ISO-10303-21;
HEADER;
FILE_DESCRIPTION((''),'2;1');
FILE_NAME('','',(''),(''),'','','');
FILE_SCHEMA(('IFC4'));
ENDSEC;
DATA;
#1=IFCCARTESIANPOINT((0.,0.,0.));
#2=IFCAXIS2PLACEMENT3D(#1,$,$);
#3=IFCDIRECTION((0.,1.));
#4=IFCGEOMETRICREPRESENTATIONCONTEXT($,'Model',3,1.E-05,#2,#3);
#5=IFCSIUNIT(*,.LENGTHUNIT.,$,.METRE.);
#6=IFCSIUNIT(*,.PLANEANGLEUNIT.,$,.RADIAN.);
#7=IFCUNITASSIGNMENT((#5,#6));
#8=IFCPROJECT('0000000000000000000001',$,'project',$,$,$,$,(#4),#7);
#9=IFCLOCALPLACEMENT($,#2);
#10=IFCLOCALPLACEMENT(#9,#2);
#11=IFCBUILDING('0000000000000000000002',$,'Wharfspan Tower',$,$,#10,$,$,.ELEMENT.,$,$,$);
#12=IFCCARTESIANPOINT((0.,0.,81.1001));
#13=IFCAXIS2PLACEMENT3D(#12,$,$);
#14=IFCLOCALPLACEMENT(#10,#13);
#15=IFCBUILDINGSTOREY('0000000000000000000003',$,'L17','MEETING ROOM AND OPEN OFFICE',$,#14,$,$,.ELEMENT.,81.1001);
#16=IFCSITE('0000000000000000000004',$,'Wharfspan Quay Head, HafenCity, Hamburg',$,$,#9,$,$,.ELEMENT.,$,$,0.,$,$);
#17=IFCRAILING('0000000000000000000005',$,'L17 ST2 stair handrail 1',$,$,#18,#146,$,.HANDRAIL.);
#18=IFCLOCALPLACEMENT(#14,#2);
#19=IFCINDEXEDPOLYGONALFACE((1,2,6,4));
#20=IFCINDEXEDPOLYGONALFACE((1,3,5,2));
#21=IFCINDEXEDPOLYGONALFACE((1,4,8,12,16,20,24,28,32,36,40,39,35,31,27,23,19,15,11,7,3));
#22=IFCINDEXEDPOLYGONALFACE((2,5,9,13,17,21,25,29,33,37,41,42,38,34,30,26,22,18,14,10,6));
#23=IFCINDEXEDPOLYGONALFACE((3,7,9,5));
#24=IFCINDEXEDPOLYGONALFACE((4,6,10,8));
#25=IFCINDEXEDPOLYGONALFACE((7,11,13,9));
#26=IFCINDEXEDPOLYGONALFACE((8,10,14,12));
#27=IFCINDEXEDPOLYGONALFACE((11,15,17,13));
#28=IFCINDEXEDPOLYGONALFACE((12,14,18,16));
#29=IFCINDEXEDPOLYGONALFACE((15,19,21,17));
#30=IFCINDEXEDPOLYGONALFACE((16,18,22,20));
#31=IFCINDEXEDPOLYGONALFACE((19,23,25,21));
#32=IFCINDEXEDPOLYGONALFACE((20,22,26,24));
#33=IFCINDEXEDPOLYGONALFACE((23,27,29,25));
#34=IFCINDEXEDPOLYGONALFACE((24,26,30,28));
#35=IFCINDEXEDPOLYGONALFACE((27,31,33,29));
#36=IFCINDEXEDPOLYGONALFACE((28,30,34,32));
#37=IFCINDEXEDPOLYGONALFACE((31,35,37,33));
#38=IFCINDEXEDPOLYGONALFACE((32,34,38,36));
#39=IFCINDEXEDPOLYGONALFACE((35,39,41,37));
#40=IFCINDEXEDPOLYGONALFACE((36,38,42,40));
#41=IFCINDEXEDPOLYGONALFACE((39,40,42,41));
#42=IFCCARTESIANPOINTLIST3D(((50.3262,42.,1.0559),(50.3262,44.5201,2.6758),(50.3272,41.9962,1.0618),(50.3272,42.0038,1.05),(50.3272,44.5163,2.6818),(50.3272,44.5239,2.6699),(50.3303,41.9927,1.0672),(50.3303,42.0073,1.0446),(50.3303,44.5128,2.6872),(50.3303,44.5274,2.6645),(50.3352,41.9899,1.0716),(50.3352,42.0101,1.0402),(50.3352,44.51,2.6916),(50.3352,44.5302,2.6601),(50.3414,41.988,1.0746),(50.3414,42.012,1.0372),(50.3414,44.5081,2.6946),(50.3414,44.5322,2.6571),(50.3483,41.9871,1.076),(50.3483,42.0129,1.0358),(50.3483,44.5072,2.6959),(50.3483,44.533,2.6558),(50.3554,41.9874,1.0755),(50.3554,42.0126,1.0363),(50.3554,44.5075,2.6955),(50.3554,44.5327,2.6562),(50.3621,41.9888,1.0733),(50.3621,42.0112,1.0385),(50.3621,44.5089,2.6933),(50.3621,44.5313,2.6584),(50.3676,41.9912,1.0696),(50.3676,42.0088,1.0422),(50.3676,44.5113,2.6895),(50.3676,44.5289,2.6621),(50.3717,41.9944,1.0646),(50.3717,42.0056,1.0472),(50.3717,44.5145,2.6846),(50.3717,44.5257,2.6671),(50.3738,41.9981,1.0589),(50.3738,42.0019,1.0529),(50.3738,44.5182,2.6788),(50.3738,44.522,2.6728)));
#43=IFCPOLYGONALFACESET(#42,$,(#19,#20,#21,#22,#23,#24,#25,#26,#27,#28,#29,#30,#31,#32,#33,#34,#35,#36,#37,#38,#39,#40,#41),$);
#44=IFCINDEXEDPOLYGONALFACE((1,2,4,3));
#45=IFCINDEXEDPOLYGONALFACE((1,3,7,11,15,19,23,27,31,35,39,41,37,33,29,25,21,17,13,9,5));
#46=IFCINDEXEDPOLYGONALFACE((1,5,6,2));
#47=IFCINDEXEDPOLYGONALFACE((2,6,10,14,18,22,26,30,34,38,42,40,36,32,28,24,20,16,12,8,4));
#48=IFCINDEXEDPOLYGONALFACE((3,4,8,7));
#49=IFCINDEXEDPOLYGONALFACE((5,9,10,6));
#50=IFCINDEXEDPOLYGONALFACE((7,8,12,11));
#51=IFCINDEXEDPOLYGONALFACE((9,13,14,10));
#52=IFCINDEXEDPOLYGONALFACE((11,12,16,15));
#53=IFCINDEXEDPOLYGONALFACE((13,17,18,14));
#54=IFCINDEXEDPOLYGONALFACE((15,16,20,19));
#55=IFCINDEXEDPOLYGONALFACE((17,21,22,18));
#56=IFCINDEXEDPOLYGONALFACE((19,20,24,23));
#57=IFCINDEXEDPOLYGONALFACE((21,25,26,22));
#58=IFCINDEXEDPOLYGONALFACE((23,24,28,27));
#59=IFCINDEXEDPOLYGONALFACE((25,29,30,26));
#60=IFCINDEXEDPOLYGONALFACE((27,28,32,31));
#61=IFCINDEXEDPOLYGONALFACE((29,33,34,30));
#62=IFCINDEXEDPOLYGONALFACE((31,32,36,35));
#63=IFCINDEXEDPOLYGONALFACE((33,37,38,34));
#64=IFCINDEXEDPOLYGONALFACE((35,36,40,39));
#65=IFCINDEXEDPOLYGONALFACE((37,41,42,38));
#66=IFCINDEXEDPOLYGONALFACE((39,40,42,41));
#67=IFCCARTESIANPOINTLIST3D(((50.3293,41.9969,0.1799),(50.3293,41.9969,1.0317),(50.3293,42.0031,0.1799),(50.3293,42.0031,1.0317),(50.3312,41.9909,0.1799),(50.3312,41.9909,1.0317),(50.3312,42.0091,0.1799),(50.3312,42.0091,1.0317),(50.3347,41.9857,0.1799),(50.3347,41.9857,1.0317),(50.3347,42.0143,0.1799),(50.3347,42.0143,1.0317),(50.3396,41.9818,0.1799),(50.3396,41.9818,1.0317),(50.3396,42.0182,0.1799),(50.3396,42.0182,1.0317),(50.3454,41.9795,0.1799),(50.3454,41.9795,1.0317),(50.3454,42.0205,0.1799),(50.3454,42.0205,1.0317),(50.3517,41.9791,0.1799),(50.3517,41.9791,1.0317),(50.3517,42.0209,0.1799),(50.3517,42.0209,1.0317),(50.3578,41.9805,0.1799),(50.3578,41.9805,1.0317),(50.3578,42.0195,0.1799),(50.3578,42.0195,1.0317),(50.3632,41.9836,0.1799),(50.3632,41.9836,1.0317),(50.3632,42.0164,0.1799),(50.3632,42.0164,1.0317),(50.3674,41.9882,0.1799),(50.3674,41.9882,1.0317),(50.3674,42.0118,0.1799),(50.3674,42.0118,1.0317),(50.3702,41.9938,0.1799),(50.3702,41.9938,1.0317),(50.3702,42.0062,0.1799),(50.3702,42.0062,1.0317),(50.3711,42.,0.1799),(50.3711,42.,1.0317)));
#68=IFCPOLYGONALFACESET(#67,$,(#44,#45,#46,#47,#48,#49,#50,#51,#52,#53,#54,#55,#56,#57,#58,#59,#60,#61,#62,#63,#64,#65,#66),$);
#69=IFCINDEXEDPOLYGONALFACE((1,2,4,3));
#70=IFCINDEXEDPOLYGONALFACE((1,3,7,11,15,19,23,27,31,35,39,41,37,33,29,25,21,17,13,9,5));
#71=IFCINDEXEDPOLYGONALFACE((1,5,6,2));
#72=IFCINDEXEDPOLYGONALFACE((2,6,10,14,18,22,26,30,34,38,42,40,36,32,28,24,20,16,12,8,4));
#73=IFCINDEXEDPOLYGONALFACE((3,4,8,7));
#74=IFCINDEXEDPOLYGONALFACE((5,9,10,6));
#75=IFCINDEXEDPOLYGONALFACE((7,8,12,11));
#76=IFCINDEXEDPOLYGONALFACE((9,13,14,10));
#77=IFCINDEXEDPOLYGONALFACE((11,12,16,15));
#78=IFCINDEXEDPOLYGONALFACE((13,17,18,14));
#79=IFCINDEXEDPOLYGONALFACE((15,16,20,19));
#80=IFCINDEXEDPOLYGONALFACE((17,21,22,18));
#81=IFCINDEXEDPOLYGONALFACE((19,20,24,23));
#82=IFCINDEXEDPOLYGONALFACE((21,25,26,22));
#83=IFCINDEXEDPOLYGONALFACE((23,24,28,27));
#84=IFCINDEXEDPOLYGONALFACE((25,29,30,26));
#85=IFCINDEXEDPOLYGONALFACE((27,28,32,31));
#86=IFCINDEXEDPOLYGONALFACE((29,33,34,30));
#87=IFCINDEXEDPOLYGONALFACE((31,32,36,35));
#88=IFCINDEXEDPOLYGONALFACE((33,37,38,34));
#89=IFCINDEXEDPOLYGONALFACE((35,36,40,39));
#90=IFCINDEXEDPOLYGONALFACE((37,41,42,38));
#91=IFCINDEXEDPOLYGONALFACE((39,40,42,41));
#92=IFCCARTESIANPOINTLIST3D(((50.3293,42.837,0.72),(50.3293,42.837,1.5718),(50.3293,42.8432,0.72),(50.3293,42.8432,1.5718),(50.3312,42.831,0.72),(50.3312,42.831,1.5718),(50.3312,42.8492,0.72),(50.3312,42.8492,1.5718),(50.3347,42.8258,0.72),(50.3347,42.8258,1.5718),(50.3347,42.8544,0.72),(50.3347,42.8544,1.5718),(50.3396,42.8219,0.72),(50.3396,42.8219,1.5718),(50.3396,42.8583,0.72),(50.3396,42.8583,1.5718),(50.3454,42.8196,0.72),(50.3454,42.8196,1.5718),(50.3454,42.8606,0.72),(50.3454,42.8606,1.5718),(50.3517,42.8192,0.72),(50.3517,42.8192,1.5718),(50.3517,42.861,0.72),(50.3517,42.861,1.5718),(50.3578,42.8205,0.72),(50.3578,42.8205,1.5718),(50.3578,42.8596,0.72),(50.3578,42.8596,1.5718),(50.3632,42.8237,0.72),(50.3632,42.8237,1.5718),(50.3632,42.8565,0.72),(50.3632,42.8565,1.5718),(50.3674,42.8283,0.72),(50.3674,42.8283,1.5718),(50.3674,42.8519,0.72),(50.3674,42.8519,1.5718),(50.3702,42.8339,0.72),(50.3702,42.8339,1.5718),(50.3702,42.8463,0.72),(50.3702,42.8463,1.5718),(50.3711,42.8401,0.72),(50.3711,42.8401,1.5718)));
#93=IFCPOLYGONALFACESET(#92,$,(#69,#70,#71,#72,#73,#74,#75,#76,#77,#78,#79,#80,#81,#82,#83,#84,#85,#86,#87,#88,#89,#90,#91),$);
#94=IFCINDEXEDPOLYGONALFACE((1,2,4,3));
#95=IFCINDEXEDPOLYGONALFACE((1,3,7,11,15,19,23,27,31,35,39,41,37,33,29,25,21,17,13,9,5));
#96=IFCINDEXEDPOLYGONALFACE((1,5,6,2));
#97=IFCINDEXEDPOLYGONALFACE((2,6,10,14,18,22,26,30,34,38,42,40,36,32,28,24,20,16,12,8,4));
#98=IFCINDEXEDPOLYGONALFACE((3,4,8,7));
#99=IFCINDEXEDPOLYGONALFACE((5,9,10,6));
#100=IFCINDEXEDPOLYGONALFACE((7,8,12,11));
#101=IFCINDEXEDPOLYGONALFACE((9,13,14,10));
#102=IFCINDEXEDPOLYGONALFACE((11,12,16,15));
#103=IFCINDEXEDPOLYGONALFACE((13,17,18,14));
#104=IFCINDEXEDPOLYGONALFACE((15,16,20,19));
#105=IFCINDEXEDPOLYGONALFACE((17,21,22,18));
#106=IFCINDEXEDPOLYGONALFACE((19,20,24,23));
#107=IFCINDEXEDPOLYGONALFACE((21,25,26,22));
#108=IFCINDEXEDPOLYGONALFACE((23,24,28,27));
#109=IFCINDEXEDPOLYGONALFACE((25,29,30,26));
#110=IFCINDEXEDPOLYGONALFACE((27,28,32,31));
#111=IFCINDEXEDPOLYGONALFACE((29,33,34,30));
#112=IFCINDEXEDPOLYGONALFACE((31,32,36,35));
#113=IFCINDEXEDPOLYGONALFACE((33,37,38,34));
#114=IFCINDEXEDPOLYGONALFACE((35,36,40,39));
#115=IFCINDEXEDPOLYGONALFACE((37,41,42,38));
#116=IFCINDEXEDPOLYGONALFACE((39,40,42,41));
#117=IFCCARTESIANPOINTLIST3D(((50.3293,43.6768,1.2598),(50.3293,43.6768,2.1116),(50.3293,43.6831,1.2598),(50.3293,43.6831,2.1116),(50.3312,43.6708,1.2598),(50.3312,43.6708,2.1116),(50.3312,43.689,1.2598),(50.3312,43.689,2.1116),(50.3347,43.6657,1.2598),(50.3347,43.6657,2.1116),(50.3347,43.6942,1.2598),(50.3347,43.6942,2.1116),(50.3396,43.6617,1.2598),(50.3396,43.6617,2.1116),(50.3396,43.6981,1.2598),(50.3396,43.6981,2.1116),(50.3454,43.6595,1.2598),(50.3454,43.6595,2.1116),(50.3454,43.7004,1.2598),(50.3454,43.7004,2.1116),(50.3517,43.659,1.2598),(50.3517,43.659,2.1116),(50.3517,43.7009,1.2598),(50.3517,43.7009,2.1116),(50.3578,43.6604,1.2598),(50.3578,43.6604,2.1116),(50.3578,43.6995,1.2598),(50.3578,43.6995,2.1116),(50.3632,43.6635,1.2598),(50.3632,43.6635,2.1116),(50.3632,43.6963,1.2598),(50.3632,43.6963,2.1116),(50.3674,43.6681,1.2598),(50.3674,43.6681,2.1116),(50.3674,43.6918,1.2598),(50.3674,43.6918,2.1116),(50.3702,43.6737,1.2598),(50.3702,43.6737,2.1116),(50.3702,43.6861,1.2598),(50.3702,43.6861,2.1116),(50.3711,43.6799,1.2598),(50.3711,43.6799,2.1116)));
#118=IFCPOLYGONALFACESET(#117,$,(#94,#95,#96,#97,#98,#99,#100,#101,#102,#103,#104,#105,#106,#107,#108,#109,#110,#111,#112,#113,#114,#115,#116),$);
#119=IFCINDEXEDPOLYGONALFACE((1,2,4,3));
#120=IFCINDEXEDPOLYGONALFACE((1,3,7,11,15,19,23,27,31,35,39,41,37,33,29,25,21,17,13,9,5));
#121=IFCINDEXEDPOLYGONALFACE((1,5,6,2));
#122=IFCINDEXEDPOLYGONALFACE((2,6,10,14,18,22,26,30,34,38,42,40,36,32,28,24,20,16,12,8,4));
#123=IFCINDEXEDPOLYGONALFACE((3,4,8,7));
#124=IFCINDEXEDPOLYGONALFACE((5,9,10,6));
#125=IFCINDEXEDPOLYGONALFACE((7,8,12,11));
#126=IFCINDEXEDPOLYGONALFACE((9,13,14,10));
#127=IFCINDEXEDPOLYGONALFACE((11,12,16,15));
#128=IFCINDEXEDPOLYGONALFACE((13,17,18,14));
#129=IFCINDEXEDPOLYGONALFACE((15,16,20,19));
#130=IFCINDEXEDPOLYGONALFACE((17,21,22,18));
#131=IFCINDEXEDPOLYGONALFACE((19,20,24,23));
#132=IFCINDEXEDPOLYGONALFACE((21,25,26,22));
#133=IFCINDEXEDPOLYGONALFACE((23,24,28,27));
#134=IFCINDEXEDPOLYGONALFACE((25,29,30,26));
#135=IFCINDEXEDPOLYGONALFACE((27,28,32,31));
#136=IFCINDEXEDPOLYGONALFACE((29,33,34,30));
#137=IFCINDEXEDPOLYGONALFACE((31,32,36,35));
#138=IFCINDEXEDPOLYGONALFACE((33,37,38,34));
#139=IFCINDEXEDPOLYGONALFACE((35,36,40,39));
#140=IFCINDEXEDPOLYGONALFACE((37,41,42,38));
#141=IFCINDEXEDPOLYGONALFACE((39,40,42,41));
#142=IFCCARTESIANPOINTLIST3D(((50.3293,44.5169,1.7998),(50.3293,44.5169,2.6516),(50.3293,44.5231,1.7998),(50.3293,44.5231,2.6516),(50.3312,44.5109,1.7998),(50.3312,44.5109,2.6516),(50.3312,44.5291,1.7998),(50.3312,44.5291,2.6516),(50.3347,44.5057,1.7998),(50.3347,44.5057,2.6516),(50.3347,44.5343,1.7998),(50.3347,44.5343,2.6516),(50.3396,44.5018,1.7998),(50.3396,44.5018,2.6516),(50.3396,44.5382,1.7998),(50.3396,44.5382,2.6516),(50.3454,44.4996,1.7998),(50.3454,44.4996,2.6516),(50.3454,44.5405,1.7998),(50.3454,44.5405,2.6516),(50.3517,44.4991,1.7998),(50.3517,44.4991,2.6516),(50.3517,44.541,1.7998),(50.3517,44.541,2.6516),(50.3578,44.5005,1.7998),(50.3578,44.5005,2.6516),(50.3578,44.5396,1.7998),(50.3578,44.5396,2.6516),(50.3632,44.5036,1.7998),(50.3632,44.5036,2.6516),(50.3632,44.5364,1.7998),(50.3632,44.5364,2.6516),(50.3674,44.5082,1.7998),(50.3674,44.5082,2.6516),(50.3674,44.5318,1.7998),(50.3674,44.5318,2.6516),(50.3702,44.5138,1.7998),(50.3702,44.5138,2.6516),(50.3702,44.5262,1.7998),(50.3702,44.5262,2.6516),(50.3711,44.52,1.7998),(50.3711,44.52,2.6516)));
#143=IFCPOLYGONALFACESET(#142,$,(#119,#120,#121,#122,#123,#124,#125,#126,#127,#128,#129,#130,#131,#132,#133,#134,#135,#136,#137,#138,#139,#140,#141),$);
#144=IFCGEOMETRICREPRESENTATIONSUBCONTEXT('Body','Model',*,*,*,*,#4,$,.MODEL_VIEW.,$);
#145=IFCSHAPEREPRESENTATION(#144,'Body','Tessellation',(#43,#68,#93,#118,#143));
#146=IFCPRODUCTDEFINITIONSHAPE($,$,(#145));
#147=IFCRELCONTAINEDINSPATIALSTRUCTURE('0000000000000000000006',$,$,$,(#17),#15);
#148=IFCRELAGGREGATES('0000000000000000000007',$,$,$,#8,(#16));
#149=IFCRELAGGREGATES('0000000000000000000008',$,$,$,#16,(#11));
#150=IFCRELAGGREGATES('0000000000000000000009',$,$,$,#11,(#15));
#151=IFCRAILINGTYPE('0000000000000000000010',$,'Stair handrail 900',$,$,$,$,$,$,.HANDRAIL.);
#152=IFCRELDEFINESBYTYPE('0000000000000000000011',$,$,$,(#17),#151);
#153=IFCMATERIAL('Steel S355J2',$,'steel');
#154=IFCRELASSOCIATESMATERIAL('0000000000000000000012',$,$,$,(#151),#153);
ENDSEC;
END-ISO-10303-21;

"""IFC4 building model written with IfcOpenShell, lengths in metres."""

from ifc_helpers import new_model, si_unit, direction, frame, origin, origin_2d, place, context, subcontext, project, spatial, circle, extrude, material, type_object, element, save


model = new_model("IFC4")

# Units and contexts
model_context = context("Model", 3, precision=1e-05, world=origin(), true_north=direction((0.0, 1.0)))
body_context = subcontext(model_context, "Body", "Model", "MODEL_VIEW")
ifc_project = project(units=[si_unit("LENGTHUNIT", "METRE"), si_unit("PLANEANGLEUNIT", "RADIAN")], contexts=[model_context])

# Site, building, storey
site_placement = place(None, origin())
site = spatial("IfcSite", under=ifc_project, at=site_placement, Name="Wharfspan Quay Head, HafenCity, Hamburg", CompositionType="ELEMENT", RefElevation=0.0)
building_placement = place(site_placement, origin())
building = spatial("IfcBuilding", under=site, at=building_placement, Name="Wharfspan Tower", CompositionType="ELEMENT")
storey_placement = place(building_placement, frame((0.0, 0.0, 81.1001)))
storey = spatial("IfcBuildingStorey", under=building, at=storey_placement, Name="L17", Description="MEETING ROOM AND OPEN OFFICE", CompositionType="ELEMENT", Elevation=81.1001)

# Shared definitions
ifc_material_1 = material(Name="Steel S355J2", Category="steel")

# Railing
railing_type_1 = type_object("IfcRailingType", Name="Stair handrail 900", PredefinedType="HANDRAIL", material=ifc_material_1)
railing_1_placement = place(storey_placement, frame((50.3501, 42.0, 0.1799)))
element("IfcRailing", 1, at=railing_1_placement, inside=storey, type_object=railing_type_1, Name="L17 ST2 stair handrail 1", PredefinedType="HANDRAIL", context=body_context, shape_type="SweptSolid", body=[
    extrude(circle(Radius=0.0239, at=origin_2d()), frame((0.0, 0.0, 0.876), z_axis=(0.0, 0.8412, 0.540725), x_axis=(-1.0, 0.0, 0.0)), (0.0, 0.0, 1.0), 2.9958),
    extrude(circle(Radius=0.021, at=origin_2d()), origin(), (0.0, 0.0, 1.0), 0.8518),
    extrude(circle(Radius=0.021, at=origin_2d()), frame((0.0, 0.8401, 0.54)), (0.0, 0.0, 1.0), 0.8518),
    extrude(circle(Radius=0.021, at=origin_2d()), frame((0.0, 1.6799, 1.0798)), (0.0, 0.0, 1.0), 0.8518),
    extrude(circle(Radius=0.021, at=origin_2d()), frame((0.0, 2.52, 1.6199)), (0.0, 0.0, 1.0), 0.8518),
])

save(model, "model.ifc")
